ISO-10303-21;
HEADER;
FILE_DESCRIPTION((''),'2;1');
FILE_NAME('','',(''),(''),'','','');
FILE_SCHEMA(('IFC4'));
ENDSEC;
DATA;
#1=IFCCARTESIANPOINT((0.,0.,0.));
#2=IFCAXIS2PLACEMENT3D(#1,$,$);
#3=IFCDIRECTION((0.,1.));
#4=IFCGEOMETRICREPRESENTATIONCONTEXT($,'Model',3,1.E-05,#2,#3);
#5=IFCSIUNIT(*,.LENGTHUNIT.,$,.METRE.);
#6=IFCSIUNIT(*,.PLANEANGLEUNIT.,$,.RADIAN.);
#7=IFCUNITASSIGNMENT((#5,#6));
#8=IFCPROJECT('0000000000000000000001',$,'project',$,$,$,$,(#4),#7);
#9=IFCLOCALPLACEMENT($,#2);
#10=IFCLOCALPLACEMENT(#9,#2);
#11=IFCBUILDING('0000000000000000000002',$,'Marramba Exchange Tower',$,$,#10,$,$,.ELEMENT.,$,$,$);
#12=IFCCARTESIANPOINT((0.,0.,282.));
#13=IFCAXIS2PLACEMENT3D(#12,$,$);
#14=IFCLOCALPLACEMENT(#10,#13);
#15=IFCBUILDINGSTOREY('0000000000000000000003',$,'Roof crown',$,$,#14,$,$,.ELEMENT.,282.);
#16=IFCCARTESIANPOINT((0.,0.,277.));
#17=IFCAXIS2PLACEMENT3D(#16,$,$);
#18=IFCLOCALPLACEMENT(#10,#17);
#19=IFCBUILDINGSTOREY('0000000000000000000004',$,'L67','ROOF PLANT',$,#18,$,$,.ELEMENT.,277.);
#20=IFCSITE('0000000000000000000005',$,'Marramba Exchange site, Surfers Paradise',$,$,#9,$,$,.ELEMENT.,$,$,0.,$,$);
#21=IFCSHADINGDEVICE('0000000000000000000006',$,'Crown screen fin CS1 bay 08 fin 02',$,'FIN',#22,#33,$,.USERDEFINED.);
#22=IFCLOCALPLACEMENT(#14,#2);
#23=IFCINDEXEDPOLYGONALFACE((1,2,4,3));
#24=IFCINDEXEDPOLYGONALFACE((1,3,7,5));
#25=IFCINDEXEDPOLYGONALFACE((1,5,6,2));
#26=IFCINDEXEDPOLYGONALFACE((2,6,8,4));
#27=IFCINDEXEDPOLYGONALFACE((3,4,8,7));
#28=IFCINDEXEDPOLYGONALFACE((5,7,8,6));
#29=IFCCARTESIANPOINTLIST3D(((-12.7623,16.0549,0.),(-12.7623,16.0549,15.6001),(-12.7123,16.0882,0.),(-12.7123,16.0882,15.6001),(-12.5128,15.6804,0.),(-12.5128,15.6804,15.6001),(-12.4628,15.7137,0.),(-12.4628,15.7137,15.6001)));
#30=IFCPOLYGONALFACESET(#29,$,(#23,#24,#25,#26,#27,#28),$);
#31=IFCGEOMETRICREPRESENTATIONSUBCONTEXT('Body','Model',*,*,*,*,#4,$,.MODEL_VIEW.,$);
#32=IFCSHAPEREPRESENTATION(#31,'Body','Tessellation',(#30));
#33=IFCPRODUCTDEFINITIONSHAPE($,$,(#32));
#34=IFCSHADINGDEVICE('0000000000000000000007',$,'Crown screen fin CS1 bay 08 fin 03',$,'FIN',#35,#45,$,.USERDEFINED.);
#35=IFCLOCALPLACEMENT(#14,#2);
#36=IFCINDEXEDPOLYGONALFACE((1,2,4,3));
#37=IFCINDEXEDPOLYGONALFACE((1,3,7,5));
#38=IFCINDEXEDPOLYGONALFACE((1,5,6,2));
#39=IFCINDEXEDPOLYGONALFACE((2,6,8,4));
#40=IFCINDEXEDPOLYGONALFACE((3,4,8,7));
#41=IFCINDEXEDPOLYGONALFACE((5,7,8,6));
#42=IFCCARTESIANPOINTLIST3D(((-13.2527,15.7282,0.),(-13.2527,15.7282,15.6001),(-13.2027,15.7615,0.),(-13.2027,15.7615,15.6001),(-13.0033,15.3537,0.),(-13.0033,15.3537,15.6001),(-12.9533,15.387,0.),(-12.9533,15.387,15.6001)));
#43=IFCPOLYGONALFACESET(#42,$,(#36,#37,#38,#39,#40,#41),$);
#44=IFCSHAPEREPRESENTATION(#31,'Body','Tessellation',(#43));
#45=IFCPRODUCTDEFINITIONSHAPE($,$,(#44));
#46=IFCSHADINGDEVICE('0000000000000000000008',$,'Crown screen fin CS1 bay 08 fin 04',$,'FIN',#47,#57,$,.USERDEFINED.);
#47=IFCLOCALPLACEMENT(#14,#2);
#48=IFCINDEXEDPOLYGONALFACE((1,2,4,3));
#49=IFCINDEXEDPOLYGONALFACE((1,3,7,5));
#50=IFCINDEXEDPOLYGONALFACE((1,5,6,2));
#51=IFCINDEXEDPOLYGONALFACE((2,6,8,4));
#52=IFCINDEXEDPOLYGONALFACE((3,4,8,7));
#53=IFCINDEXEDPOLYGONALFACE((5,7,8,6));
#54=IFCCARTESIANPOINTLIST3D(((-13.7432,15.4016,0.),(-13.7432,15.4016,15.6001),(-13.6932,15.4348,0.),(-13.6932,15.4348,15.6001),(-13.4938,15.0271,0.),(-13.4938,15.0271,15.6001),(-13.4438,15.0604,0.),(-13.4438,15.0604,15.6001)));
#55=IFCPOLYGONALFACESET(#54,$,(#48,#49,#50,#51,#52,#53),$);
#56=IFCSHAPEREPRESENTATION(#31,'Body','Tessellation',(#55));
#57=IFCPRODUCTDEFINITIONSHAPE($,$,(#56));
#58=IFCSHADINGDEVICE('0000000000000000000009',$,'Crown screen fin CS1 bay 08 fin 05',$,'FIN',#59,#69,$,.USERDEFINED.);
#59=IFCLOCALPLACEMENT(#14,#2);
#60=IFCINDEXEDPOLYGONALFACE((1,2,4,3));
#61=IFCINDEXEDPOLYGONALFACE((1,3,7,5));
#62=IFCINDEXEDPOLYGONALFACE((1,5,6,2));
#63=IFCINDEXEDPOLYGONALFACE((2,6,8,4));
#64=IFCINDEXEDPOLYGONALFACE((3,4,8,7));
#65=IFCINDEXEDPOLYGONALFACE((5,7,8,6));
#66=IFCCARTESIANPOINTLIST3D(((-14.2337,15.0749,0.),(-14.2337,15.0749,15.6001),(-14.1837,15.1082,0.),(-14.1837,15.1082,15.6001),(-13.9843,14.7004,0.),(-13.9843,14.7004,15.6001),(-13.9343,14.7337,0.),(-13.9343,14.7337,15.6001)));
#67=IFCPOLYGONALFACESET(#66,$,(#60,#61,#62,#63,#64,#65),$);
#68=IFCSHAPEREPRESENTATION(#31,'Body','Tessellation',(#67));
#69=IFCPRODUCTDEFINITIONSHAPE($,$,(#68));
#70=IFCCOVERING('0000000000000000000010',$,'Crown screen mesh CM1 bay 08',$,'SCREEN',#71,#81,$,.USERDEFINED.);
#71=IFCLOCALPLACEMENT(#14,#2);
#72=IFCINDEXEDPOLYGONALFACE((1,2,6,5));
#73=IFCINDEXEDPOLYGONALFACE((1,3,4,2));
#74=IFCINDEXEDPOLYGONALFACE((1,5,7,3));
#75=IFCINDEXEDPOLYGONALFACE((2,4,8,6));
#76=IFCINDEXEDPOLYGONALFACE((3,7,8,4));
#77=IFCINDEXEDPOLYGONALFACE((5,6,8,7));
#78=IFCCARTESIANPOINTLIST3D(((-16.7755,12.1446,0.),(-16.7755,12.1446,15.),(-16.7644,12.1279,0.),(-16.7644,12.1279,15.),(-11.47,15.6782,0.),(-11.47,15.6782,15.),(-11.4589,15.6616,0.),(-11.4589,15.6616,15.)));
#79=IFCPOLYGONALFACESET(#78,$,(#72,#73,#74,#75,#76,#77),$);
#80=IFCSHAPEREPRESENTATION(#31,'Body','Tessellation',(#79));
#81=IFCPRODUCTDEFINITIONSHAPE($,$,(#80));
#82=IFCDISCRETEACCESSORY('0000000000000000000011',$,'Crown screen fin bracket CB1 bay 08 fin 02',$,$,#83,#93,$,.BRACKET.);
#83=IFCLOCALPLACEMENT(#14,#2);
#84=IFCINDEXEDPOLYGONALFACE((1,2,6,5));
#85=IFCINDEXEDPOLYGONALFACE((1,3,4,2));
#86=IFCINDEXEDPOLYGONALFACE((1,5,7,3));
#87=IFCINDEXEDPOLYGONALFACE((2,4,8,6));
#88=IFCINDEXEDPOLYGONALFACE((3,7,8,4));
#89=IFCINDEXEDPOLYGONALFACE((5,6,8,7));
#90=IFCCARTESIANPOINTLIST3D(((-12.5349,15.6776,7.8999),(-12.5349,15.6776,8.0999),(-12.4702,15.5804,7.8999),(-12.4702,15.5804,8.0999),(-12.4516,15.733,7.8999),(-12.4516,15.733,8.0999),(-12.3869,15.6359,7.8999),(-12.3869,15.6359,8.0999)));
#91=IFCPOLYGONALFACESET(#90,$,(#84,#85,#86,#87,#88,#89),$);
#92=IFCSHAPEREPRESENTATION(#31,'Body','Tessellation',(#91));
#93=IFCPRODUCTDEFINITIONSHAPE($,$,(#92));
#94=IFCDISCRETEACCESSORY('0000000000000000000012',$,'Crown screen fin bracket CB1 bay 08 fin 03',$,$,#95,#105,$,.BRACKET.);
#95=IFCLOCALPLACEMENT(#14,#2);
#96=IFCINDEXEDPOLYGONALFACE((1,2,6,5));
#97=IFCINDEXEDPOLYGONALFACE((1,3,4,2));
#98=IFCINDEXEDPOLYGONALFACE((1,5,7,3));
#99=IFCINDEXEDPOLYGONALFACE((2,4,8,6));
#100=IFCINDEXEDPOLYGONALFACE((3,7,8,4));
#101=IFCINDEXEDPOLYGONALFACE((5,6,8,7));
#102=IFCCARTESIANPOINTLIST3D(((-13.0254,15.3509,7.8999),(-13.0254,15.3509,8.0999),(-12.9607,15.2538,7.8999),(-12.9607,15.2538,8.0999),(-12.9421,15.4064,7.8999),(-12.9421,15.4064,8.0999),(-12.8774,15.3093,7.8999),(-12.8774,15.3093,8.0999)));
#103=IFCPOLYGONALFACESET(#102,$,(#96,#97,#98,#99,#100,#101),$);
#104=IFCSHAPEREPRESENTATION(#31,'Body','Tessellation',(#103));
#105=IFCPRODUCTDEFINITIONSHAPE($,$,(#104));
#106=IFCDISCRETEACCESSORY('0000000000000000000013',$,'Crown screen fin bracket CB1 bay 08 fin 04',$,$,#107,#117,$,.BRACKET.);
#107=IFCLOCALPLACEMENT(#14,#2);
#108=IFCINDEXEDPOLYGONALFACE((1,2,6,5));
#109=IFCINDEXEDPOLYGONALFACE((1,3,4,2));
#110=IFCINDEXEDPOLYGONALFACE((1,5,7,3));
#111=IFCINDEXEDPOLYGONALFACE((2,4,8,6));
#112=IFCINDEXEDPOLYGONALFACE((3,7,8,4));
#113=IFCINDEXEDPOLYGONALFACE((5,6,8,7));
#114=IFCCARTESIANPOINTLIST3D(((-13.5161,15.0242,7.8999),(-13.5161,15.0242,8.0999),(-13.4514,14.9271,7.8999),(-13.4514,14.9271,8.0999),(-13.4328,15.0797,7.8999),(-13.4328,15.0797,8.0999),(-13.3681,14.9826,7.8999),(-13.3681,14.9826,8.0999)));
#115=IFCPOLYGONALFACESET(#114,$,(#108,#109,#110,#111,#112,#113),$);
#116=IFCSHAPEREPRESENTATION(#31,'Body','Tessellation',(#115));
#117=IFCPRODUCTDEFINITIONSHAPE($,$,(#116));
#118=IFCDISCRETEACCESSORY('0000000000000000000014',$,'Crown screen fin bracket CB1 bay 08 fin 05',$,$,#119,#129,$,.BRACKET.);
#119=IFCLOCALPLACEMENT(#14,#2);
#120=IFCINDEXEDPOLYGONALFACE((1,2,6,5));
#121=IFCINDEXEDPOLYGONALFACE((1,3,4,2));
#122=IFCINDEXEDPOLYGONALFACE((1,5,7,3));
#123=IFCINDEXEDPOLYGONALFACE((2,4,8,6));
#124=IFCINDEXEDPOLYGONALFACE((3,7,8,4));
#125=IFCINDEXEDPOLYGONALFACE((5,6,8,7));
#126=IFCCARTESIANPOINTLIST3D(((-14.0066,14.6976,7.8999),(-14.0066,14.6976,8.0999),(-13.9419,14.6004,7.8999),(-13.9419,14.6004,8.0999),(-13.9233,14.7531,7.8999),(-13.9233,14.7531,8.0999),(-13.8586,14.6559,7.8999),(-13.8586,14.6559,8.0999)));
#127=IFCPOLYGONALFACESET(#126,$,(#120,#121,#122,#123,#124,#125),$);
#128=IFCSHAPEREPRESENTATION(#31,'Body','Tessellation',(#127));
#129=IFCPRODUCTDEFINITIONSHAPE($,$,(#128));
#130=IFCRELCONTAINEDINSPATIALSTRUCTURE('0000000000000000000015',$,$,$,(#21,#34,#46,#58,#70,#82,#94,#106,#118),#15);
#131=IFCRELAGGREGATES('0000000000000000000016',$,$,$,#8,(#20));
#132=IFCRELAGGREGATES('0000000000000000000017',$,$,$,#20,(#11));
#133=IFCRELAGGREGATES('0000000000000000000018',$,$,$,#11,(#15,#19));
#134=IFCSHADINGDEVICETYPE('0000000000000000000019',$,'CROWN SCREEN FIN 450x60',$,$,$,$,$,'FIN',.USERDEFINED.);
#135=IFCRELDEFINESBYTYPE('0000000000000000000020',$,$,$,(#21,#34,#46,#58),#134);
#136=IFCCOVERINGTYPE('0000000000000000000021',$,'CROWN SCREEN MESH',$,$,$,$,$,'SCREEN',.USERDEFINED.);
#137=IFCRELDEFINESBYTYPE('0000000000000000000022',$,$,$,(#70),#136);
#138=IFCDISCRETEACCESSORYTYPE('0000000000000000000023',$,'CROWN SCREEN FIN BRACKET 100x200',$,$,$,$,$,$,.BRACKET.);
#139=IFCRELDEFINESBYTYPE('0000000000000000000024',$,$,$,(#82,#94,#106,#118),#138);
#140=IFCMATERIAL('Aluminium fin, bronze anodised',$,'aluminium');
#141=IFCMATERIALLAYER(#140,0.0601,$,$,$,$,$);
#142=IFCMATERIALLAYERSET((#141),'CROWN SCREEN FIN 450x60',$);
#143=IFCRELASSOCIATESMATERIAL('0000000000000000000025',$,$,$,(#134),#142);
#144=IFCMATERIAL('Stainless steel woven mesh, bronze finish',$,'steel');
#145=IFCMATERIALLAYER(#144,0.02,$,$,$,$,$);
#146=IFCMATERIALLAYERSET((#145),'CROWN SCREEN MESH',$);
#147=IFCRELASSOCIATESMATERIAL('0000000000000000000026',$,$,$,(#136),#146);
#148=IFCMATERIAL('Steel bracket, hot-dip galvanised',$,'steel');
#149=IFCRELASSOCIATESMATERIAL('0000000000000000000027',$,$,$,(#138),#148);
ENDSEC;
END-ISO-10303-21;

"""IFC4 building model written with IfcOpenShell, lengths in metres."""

from ifc_helpers import new_model, si_unit, direction, frame, origin, origin_2d, place, context, subcontext, project, spatial, rectangle, extrude, material, layer, layer_set, type_object, element, save


model = new_model("IFC4")

# Units and contexts
model_context = context("Model", 3, precision=1e-05, world=origin(), true_north=direction((0.0, 1.0)))
body_context = subcontext(model_context, "Body", "Model", "MODEL_VIEW")
ifc_project = project(units=[si_unit("LENGTHUNIT", "METRE"), si_unit("PLANEANGLEUNIT", "RADIAN")], contexts=[model_context])

# Site, building, storey
site_placement = place(None, origin())
site = spatial("IfcSite", under=ifc_project, at=site_placement, Name="Marramba Exchange site, Surfers Paradise", CompositionType="ELEMENT", RefElevation=0.0)
building_placement = place(site_placement, origin())
building = spatial("IfcBuilding", under=site, at=building_placement, Name="Marramba Exchange Tower", CompositionType="ELEMENT")
storey_1_placement = place(building_placement, frame((0.0, 0.0, 282.0)))
storey_1 = spatial("IfcBuildingStorey", under=building, at=storey_1_placement, Name="Roof crown", CompositionType="ELEMENT", Elevation=282.0)

# Shared definitions
storey_2_placement = place(building_placement, frame((0.0, 0.0, 277.0)))
storey_2 = spatial("IfcBuildingStorey", under=building, at=storey_2_placement, Name="L67", Description="ROOF PLANT", CompositionType="ELEMENT", Elevation=277.0)

# Shading devices
ifc_material_1 = material(Name="Aluminium fin, bronze anodised", Category="aluminium")
ifc_layer_1 = layer(ifc_material_1, 0.0601)
ifc_layer_set_1 = layer_set([ifc_layer_1], Name="CROWN SCREEN FIN 450x60")
shading_device_type = type_object("IfcShadingDeviceType", Name="CROWN SCREEN FIN 450x60", ElementType="FIN", PredefinedType="USERDEFINED", material=ifc_layer_set_1)
for number, where, z_axis, x_axis, name in (
    (1, (-12.6125, 15.8843, 0.0), (0.0, 0.0, 1.0), (-0.554342, 0.832289, 0.0), "Crown screen fin CS1 bay 08 fin 02"),
    (2, (-13.103, 15.5576, 0.0), (0.0, 0.0, 1.0), (-0.554342, 0.832289, 0.0), "Crown screen fin CS1 bay 08 fin 03"),
    (3, (-13.5935, 15.231, 0.0), (0.0, 0.0, 1.0), (-0.554342, 0.832289, 0.0), "Crown screen fin CS1 bay 08 fin 04"),
    (4, (-14.084, 14.9043, 0.0), (0.0, 0.0, 1.0), (-0.554342, 0.832289, 0.0), "Crown screen fin CS1 bay 08 fin 05"),
):
    element("IfcShadingDevice", number, at=place(storey_1_placement, frame(where, z_axis=z_axis, x_axis=x_axis)), inside=storey_1, type_object=shading_device_type, Name=name, ObjectType="FIN", PredefinedType="USERDEFINED", context=body_context, shape_type="SweptSolid", body=[
        extrude(rectangle(XDim=0.45, YDim=0.0601, at=origin_2d()), origin(), (0.0, 0.0, 1.0), 15.6001),
    ])

# Covering
ifc_material_2 = material(Name="Stainless steel woven mesh, bronze finish", Category="steel")
ifc_layer_2 = layer(ifc_material_2, 0.02)
ifc_layer_set_2 = layer_set([ifc_layer_2], Name="CROWN SCREEN MESH")
covering_type = type_object("IfcCoveringType", Name="CROWN SCREEN MESH", ElementType="SCREEN", PredefinedType="USERDEFINED", material=ifc_layer_set_2)
covering_placement = place(storey_1_placement, frame((-14.1172, 13.9031, 0.0), z_axis=(0.0, 0.0, 1.0), x_axis=(-0.832289, -0.554342, 0.0)))
element("IfcCovering", 5, at=covering_placement, inside=storey_1, type_object=covering_type, Name="Crown screen mesh CM1 bay 08", ObjectType="SCREEN", PredefinedType="USERDEFINED", context=body_context, shape_type="SweptSolid", body=[
    extrude(rectangle(XDim=6.3745, YDim=0.02, at=origin_2d()), origin(), (0.0, 0.0, 1.0), 15.0),
])

# Discrete accessories
ifc_material_3 = material(Name="Steel bracket, hot-dip galvanised", Category="steel")
discrete_accessory_type = type_object("IfcDiscreteAccessoryType", Name="CROWN SCREEN FIN BRACKET 100x200", PredefinedType="BRACKET", material=ifc_material_3)
for number, where, z_axis, x_axis, name in (
    (6, (-12.4609, 15.6567, 7.8999), (0.0, 0.0, 1.0), (-0.832289, -0.554342, 0.0), "Crown screen fin bracket CB1 bay 08 fin 02"),
    (7, (-12.9514, 15.3301, 7.8999), (0.0, 0.0, 1.0), (-0.832289, -0.554342, 0.0), "Crown screen fin bracket CB1 bay 08 fin 03"),
    (8, (-13.4421, 15.0034, 7.8999), (0.0, 0.0, 1.0), (-0.832289, -0.554342, 0.0), "Crown screen fin bracket CB1 bay 08 fin 04"),
    (9, (-13.9326, 14.6768, 7.8999), (0.0, 0.0, 1.0), (-0.832289, -0.554342, 0.0), "Crown screen fin bracket CB1 bay 08 fin 05"),
):
    element("IfcDiscreteAccessory", number, at=place(storey_1_placement, frame(where, z_axis=z_axis, x_axis=x_axis)), inside=storey_1, type_object=discrete_accessory_type, Name=name, PredefinedType="BRACKET", context=body_context, shape_type="SweptSolid", body=[
        extrude(rectangle(XDim=0.1001, YDim=0.1167, at=origin_2d()), origin(), (0.0, 0.0, 1.0), 0.2),
    ])

save(model, "model.ifc")
